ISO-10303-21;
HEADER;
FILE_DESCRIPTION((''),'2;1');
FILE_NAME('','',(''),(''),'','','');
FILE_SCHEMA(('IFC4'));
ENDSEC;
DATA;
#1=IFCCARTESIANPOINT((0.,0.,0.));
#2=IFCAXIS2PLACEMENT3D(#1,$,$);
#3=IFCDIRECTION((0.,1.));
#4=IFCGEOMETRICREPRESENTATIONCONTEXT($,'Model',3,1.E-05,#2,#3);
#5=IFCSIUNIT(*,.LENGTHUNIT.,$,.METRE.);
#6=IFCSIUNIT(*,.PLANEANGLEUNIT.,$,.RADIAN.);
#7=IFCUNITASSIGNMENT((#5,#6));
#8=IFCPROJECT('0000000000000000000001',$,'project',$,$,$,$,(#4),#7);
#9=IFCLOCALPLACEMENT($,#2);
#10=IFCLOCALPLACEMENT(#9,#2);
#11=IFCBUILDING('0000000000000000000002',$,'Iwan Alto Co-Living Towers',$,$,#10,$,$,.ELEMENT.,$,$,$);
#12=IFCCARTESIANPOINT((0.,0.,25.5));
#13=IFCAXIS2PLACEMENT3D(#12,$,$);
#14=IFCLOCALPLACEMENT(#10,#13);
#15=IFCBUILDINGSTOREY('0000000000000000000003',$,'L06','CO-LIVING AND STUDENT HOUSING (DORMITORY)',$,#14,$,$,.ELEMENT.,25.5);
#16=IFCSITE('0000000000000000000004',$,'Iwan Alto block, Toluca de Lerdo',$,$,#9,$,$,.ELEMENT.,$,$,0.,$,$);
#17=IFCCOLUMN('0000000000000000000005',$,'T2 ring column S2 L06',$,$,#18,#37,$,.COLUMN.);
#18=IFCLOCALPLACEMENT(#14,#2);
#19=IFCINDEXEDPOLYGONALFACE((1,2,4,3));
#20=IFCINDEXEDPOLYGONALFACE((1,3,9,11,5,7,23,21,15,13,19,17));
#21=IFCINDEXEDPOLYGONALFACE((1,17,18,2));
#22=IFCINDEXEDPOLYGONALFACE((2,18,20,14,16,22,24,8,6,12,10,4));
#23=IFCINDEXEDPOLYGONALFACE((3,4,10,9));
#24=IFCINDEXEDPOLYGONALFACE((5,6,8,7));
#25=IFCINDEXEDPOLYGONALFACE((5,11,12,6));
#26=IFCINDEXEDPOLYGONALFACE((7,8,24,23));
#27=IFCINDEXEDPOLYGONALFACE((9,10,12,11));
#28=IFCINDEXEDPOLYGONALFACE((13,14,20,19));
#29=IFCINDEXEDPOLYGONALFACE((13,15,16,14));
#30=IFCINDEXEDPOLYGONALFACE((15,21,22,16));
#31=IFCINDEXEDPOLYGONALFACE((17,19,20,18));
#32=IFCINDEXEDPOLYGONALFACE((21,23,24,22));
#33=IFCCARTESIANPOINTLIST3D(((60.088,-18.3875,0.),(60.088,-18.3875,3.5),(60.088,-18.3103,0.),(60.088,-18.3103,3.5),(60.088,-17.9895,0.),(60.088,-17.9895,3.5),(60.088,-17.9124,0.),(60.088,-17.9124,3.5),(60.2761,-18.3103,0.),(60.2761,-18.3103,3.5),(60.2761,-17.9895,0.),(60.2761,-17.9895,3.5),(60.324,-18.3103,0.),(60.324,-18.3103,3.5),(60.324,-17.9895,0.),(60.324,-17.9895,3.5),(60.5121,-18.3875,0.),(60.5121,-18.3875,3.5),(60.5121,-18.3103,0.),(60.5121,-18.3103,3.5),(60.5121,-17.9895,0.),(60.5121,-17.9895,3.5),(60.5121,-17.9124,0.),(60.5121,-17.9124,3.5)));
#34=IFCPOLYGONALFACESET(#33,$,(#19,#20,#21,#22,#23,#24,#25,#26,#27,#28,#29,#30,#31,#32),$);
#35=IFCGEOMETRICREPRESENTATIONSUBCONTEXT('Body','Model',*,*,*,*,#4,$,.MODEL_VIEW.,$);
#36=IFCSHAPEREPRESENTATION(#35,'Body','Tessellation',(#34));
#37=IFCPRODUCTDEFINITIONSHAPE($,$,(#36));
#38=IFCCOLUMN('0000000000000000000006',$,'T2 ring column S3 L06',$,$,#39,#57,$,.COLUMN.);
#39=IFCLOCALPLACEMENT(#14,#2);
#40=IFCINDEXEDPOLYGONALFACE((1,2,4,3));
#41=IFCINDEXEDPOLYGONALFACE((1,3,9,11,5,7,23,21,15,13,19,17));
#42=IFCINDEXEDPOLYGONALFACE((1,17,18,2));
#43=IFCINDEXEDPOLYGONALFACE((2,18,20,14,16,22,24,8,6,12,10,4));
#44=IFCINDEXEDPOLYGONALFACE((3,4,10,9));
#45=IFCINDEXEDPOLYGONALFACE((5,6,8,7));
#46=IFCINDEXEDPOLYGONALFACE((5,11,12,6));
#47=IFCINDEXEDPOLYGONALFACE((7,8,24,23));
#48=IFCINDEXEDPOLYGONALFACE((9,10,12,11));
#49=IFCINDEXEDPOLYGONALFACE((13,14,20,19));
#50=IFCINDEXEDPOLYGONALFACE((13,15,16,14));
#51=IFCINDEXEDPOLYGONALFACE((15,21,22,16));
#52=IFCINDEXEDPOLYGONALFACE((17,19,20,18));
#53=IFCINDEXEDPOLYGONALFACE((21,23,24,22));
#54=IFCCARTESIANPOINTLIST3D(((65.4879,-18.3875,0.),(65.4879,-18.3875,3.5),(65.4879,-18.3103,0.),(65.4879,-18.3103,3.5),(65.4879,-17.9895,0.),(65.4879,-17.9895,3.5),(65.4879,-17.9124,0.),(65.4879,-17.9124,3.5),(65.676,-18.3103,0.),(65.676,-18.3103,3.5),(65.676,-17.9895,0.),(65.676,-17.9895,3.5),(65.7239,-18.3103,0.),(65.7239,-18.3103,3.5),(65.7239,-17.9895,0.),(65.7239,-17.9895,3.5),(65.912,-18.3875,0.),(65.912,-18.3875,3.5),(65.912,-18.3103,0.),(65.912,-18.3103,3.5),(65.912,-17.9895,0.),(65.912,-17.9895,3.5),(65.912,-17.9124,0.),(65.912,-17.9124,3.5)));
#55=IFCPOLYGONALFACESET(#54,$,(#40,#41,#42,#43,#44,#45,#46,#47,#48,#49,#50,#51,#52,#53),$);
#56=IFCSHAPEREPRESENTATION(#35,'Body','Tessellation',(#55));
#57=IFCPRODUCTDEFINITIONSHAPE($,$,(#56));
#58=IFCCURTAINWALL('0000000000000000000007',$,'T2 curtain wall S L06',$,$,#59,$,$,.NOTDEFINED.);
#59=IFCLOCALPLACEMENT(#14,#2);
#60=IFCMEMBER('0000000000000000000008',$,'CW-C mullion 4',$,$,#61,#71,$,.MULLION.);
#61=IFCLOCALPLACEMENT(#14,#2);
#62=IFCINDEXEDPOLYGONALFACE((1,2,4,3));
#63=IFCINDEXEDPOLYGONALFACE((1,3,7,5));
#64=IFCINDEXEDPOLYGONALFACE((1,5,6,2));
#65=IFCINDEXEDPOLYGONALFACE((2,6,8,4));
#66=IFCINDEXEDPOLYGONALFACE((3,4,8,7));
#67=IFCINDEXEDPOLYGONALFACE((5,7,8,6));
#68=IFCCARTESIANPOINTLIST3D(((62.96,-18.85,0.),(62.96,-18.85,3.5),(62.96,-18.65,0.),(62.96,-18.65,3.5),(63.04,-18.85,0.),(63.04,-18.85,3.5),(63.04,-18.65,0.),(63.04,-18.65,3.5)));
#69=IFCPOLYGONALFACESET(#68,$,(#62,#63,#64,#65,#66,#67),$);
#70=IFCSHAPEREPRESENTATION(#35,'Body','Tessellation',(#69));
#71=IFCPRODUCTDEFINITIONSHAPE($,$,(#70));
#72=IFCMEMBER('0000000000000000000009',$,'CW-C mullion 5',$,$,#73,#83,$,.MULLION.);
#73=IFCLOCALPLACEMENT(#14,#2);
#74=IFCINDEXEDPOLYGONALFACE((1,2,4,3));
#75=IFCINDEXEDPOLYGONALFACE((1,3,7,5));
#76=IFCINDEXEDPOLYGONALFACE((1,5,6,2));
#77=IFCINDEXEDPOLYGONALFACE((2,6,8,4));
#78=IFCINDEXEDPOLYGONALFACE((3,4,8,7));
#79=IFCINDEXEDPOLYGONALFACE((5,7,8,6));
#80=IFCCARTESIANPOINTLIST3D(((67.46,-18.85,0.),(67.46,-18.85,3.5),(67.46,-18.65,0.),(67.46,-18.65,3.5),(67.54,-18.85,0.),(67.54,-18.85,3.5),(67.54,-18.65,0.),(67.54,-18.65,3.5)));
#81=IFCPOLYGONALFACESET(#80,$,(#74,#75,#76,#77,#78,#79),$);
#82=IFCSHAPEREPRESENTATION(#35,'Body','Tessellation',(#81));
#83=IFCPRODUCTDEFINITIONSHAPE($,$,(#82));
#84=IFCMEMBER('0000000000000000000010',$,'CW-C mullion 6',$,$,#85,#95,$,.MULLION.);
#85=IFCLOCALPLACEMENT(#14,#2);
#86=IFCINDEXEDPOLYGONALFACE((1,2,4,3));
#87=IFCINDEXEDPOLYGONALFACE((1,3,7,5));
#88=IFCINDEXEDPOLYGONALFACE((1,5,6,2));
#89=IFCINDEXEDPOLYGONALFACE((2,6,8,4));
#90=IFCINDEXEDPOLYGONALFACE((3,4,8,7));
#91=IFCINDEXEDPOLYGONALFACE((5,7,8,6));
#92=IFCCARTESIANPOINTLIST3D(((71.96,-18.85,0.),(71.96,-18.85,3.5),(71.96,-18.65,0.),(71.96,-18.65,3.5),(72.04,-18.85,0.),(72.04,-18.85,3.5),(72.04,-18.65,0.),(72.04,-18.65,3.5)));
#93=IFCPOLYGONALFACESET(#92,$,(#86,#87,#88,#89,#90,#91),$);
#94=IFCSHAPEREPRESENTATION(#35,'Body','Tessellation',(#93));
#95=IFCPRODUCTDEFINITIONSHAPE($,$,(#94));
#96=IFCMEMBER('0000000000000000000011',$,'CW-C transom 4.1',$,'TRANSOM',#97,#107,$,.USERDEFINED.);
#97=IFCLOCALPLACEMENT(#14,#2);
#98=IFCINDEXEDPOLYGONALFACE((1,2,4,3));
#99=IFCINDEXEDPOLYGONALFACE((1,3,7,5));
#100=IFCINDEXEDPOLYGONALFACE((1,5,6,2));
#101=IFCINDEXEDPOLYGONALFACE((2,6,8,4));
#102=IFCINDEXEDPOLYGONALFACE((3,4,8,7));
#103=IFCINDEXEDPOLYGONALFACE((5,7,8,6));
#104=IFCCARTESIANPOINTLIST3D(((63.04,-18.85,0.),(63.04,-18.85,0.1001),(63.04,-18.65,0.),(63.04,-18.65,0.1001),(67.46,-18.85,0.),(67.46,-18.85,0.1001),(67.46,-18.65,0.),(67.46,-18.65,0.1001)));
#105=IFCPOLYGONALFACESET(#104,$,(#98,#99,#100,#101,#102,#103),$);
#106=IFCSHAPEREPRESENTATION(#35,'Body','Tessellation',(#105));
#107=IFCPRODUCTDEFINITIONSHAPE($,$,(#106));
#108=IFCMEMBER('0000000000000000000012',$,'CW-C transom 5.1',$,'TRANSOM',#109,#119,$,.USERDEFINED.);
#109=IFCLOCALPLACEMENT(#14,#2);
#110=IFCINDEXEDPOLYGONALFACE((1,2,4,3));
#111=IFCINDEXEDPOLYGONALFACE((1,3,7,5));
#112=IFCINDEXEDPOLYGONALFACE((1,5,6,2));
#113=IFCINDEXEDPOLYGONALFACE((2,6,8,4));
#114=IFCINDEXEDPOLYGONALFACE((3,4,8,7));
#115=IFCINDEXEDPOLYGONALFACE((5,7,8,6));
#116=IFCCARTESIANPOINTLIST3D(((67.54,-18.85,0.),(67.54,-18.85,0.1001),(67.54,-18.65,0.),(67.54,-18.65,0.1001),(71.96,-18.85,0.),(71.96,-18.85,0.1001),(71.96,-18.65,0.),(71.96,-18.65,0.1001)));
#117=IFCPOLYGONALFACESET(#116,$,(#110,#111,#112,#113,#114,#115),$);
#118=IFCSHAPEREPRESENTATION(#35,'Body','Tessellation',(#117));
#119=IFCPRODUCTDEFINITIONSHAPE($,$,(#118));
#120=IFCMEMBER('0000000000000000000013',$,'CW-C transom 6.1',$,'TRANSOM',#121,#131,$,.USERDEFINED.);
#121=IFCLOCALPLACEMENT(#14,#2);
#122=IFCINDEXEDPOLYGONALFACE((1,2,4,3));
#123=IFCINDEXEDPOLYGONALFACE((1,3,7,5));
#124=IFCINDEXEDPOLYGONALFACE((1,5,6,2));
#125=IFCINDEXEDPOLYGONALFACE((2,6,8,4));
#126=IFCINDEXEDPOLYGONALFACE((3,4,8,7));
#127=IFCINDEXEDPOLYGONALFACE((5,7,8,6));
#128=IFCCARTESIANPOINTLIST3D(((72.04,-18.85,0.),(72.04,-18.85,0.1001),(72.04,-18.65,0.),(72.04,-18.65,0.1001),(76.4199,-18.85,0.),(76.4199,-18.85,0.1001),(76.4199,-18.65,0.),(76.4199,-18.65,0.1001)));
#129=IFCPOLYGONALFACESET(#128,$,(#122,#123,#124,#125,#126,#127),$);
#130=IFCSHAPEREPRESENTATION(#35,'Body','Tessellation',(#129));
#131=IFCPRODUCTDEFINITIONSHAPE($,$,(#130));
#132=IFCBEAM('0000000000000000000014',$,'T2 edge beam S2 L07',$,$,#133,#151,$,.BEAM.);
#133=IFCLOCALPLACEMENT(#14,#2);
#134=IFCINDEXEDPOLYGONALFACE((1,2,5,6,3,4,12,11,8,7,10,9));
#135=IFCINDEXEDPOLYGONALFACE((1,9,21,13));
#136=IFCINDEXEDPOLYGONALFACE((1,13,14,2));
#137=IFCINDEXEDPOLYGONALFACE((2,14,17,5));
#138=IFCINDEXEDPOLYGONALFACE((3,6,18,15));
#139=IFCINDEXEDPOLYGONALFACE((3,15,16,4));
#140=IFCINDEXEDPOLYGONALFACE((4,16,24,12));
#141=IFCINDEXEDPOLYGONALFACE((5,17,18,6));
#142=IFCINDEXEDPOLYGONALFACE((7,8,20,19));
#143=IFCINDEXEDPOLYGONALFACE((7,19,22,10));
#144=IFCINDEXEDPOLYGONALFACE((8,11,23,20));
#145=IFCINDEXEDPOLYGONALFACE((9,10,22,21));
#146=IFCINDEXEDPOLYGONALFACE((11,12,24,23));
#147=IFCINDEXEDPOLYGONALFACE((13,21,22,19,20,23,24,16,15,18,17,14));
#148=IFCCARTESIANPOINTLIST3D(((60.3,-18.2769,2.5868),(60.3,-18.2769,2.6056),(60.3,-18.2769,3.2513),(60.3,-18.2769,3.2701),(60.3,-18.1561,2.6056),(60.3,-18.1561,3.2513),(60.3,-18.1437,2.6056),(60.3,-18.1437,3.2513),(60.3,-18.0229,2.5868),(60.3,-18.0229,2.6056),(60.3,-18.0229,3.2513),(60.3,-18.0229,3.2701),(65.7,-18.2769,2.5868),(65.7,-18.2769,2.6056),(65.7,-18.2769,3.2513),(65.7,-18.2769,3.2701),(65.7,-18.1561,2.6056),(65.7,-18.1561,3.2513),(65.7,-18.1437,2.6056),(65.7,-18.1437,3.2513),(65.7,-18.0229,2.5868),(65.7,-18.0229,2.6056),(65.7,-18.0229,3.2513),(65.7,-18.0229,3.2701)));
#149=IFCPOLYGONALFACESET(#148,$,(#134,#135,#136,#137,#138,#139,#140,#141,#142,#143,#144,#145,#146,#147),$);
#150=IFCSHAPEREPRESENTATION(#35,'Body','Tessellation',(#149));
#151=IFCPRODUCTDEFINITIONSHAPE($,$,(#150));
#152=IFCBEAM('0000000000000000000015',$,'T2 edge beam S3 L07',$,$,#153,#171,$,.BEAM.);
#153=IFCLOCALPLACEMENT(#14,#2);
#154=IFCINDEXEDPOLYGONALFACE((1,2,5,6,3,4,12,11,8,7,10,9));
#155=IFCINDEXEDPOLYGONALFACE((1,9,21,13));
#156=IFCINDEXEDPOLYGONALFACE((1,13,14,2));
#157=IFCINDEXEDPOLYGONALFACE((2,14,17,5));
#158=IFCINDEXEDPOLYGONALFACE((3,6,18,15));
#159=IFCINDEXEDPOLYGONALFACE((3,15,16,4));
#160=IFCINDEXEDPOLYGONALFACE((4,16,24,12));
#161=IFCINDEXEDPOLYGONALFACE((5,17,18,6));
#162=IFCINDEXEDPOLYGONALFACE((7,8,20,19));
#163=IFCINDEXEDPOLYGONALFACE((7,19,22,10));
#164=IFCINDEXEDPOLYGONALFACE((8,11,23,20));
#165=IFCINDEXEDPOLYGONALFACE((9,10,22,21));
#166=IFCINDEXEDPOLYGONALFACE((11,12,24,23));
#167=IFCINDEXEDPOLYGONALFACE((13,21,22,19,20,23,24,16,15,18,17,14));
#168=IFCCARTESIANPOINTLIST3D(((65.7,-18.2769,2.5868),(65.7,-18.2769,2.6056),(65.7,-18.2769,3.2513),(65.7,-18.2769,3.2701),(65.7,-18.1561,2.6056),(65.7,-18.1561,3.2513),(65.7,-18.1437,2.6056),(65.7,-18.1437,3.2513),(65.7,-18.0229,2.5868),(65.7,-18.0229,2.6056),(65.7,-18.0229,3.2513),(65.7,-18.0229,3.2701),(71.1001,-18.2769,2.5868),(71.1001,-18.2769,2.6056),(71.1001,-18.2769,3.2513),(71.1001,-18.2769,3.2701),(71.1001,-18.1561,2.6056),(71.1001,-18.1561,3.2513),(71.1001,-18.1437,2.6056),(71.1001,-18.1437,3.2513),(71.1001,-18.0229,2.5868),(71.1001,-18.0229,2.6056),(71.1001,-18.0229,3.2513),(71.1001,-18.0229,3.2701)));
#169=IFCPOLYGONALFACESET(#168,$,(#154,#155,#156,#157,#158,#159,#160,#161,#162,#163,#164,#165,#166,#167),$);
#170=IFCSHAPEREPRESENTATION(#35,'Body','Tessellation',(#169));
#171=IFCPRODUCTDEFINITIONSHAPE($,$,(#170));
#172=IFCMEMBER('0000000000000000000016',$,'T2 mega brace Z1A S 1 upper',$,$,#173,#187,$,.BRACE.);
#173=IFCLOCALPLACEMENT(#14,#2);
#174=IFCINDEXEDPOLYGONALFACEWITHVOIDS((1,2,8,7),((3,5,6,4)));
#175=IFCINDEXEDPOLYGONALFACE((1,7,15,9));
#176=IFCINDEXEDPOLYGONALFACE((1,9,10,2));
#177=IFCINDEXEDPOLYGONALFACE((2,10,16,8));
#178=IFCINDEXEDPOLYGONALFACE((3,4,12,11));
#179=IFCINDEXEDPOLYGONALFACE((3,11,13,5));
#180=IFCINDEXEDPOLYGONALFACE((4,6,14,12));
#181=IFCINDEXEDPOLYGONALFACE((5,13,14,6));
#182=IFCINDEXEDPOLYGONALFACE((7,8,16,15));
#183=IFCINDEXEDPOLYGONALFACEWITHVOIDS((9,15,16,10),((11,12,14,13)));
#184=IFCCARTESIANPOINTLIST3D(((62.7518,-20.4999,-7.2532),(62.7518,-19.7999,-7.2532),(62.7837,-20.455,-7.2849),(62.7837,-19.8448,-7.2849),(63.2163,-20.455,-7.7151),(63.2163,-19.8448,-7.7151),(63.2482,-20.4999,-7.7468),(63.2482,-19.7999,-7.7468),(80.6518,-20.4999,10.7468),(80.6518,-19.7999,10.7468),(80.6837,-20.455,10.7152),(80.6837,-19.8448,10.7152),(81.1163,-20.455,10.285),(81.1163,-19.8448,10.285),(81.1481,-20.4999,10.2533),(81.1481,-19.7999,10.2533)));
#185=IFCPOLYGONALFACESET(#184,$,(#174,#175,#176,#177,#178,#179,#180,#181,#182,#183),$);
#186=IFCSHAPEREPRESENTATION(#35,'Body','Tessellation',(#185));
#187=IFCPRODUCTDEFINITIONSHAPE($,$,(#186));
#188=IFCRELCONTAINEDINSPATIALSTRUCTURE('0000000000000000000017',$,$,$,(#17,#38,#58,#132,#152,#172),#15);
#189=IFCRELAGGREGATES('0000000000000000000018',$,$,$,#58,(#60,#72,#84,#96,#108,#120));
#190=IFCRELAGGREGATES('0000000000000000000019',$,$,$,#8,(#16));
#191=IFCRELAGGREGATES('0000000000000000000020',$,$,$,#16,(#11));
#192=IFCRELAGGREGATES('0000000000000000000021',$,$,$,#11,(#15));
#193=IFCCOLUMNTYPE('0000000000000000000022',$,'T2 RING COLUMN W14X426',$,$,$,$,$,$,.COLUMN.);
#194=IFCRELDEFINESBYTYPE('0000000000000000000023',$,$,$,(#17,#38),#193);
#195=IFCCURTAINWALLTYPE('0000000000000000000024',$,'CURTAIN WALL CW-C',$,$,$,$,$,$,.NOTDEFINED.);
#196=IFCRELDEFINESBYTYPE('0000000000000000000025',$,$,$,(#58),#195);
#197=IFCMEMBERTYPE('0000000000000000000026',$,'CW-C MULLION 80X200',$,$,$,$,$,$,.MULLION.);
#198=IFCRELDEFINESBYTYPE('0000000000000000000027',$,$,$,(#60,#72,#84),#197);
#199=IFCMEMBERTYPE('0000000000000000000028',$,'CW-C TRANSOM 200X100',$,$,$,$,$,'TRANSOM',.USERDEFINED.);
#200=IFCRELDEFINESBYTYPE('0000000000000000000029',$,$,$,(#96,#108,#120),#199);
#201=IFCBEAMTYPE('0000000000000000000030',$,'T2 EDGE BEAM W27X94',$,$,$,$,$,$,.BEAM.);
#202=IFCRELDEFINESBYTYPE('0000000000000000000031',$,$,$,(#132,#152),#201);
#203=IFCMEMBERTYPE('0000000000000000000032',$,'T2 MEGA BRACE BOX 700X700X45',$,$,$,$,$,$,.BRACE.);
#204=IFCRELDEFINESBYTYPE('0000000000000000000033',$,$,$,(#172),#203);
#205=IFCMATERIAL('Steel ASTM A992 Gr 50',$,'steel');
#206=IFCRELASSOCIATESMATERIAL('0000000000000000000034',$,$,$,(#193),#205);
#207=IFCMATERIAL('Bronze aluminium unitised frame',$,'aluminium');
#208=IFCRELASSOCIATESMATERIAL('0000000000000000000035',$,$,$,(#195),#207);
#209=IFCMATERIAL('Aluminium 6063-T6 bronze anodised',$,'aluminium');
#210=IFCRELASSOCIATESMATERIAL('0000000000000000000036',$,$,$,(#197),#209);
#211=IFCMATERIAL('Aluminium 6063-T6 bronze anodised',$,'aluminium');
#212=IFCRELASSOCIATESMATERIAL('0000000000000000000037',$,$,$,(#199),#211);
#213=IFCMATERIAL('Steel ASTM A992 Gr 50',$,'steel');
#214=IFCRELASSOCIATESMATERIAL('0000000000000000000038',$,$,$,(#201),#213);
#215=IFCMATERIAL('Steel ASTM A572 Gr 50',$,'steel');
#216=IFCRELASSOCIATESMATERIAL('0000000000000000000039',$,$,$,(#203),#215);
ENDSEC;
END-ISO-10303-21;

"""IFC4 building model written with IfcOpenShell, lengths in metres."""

from ifc_helpers import new_model, si_unit, direction, frame, origin, origin_2d, place, context, subcontext, project, spatial, rectangle, hollow_rectangle, i_section, extrude, material, material_profile, profile_set, type_object, element, aggregate, save


model = new_model("IFC4")

# Units and contexts
model_context = context("Model", 3, precision=1e-05, world=origin(), true_north=direction((0.0, 1.0)))
body_context = subcontext(model_context, "Body", "Model", "MODEL_VIEW")
ifc_project = project(units=[si_unit("LENGTHUNIT", "METRE"), si_unit("PLANEANGLEUNIT", "RADIAN")], contexts=[model_context])

# Site, building, storey
site_placement = place(None, origin())
site = spatial("IfcSite", under=ifc_project, at=site_placement, Name="Iwan Alto block, Toluca de Lerdo", CompositionType="ELEMENT", RefElevation=0.0)
building_placement = place(site_placement, origin())
building = spatial("IfcBuilding", under=site, at=building_placement, Name="Iwan Alto Co-Living Towers", CompositionType="ELEMENT")
storey_placement = place(building_placement, frame((0.0, 0.0, 25.5)))
storey = spatial("IfcBuildingStorey", under=building, at=storey_placement, Name="L06", Description="CO-LIVING AND STUDENT HOUSING (DORMITORY)", CompositionType="ELEMENT", Elevation=25.5)

# Columns
ifc_material_1 = material(Name="Steel ASTM A992 Gr 50", Category="steel")
ifc_material_profile_1 = material_profile(ifc_material_1, i_section(OverallWidth=0.4241, OverallDepth=0.4751, WebThickness=0.0479, FlangeThickness=0.0771, at=origin_2d()), Name="W14X426")
ifc_profile_set_1 = profile_set([ifc_material_profile_1], Name="Steel ASTM A992 Gr 50")
column_type = type_object("IfcColumnType", Name="T2 RING COLUMN W14X426", PredefinedType="COLUMN", material=ifc_profile_set_1)
for number, where, z_axis, x_axis, name in (
    (1, (60.3, -18.1499, 0.0), (0.0, 0.0, 1.0), (1.0, 0.0, 0.0), "T2 ring column S2 L06"),
    (2, (65.7, -18.1499, 0.0), (0.0, 0.0, 1.0), (1.0, 0.0, 0.0), "T2 ring column S3 L06"),
):
    element("IfcColumn", number, at=place(storey_placement, frame(where, z_axis=z_axis, x_axis=x_axis)), inside=storey, type_object=column_type, Name=name, PredefinedType="COLUMN", context=body_context, shape_type="SweptSolid", body=[
        extrude(i_section(OverallWidth=0.4241, OverallDepth=0.4751, WebThickness=0.0479, FlangeThickness=0.0771, at=origin_2d()), origin(), (0.0, 0.0, 1.0), 3.5),
    ])

# Curtain wall, members
ifc_material_2 = material(Name="Bronze aluminium unitised frame", Category="aluminium")
curtain_wall_type = type_object("IfcCurtainWallType", Name="CURTAIN WALL CW-C", PredefinedType="NOTDEFINED", material=ifc_material_2)
curtain_wall_placement = place(storey_placement, origin())
curtain_wall = element("IfcCurtainWall", 3, at=curtain_wall_placement, inside=storey, type_object=curtain_wall_type, Name="T2 curtain wall S L06", PredefinedType="NOTDEFINED")
ifc_material_3 = material(Name="Aluminium 6063-T6 bronze anodised", Category="aluminium")
ifc_material_profile_2 = material_profile(ifc_material_3, rectangle(XDim=0.2, YDim=0.0801, at=origin_2d()), Name="AL 80X200")
ifc_profile_set_2 = profile_set([ifc_material_profile_2], Name="Aluminium 6063-T6 bronze anodised")
member_type_1 = type_object("IfcMemberType", Name="CW-C MULLION 80X200", PredefinedType="MULLION", material=ifc_profile_set_2)
member_1_placement = place(storey_placement, frame((63.0, -18.75, 0.0), z_axis=(0.0, 0.0, 1.0), x_axis=(0.0, 1.0, 0.0)))
member_1 = element("IfcMember", 4, at=member_1_placement, type_object=member_type_1, Name="CW-C mullion 4", PredefinedType="MULLION", context=body_context, shape_type="SweptSolid", body=[
    extrude(rectangle(XDim=0.2, YDim=0.0801, at=origin_2d()), origin(), (0.0, 0.0, 1.0), 3.5),
])
member_2_placement = place(storey_placement, frame((67.5, -18.75, 0.0), z_axis=(0.0, 0.0, 1.0), x_axis=(0.0, 1.0, 0.0)))
member_2 = element("IfcMember", 5, at=member_2_placement, type_object=member_type_1, Name="CW-C mullion 5", PredefinedType="MULLION", context=body_context, shape_type="SweptSolid", body=[
    extrude(rectangle(XDim=0.2, YDim=0.0801, at=origin_2d()), origin(), (0.0, 0.0, 1.0), 3.5),
])
member_3_placement = place(storey_placement, frame((72.0, -18.75, 0.0), z_axis=(0.0, 0.0, 1.0), x_axis=(0.0, 1.0, 0.0)))
member_3 = element("IfcMember", 6, at=member_3_placement, type_object=member_type_1, Name="CW-C mullion 6", PredefinedType="MULLION", context=body_context, shape_type="SweptSolid", body=[
    extrude(rectangle(XDim=0.2, YDim=0.0801, at=origin_2d()), origin(), (0.0, 0.0, 1.0), 3.5),
])
ifc_material_4 = material(Name="Aluminium 6063-T6 bronze anodised", Category="aluminium")
ifc_material_profile_3 = material_profile(ifc_material_4, rectangle(XDim=0.2, YDim=0.1001, at=origin_2d()), Name="AL 200X100")
ifc_profile_set_3 = profile_set([ifc_material_profile_3], Name="Aluminium 6063-T6 bronze anodised")
member_type_2 = type_object("IfcMemberType", Name="CW-C TRANSOM 200X100", ElementType="TRANSOM", PredefinedType="USERDEFINED", material=ifc_profile_set_3)
member_4_placement = place(storey_placement, frame((63.04, -18.75, 0.05), z_axis=(1.0, 0.0, 0.0), x_axis=(0.0, 1.0, 0.0)))
member_4 = element("IfcMember", 7, at=member_4_placement, type_object=member_type_2, Name="CW-C transom 4.1", ObjectType="TRANSOM", PredefinedType="USERDEFINED", context=body_context, shape_type="SweptSolid", body=[
    extrude(rectangle(XDim=0.2, YDim=0.1001, at=origin_2d()), origin(), (0.0, 0.0, 1.0), 4.4199),
])
member_5_placement = place(storey_placement, frame((67.54, -18.75, 0.05), z_axis=(1.0, 0.0, 0.0), x_axis=(0.0, 1.0, 0.0)))
member_5 = element("IfcMember", 8, at=member_5_placement, type_object=member_type_2, Name="CW-C transom 5.1", ObjectType="TRANSOM", PredefinedType="USERDEFINED", context=body_context, shape_type="SweptSolid", body=[
    extrude(rectangle(XDim=0.2, YDim=0.1001, at=origin_2d()), origin(), (0.0, 0.0, 1.0), 4.4199),
])
member_6_placement = place(storey_placement, frame((72.04, -18.75, 0.05), z_axis=(1.0, 0.0, 0.0), x_axis=(0.0, 1.0, 0.0)))
member_6 = element("IfcMember", 9, at=member_6_placement, type_object=member_type_2, Name="CW-C transom 6.1", ObjectType="TRANSOM", PredefinedType="USERDEFINED", context=body_context, shape_type="SweptSolid", body=[
    extrude(rectangle(XDim=0.2, YDim=0.1001, at=origin_2d()), origin(), (0.0, 0.0, 1.0), 4.3799),
])

# Beams
ifc_material_5 = material(Name="Steel ASTM A992 Gr 50", Category="steel")
ifc_material_profile_4 = material_profile(ifc_material_5, i_section(OverallWidth=0.2539, OverallDepth=0.6833, WebThickness=0.0125, FlangeThickness=0.0188, at=origin_2d()), Name="W27X94")
ifc_profile_set_4 = profile_set([ifc_material_profile_4], Name="Steel ASTM A992 Gr 50")
beam_type_1 = type_object("IfcBeamType", Name="T2 EDGE BEAM W27X94", PredefinedType="BEAM", material=ifc_profile_set_4)
beam_1_placement = place(storey_placement, frame((60.3, -18.1499, 2.9285), z_axis=(1.0, 0.0, 0.0), x_axis=(0.0, 1.0, 0.0)))
element("IfcBeam", 10, at=beam_1_placement, inside=storey, type_object=beam_type_1, Name="T2 edge beam S2 L07", PredefinedType="BEAM", context=body_context, shape_type="SweptSolid", body=[
    extrude(i_section(OverallWidth=0.2539, OverallDepth=0.6833, WebThickness=0.0125, FlangeThickness=0.0188, at=origin_2d()), origin(), (0.0, 0.0, 1.0), 5.3999),
])
beam_2_placement = place(storey_placement, frame((65.7, -18.1499, 2.9285), z_axis=(1.0, 0.0, 0.0), x_axis=(0.0, 1.0, 0.0)))
element("IfcBeam", 11, at=beam_2_placement, inside=storey, type_object=beam_type_1, Name="T2 edge beam S3 L07", PredefinedType="BEAM", context=body_context, shape_type="SweptSolid", body=[
    extrude(i_section(OverallWidth=0.2539, OverallDepth=0.6833, WebThickness=0.0125, FlangeThickness=0.0188, at=origin_2d()), origin(), (0.0, 0.0, 1.0), 5.4001),
])

# Member
ifc_material_6 = material(Name="Steel ASTM A572 Gr 50", Category="steel")
ifc_material_profile_5 = material_profile(ifc_material_6, hollow_rectangle(XDim=0.7, YDim=0.7, WallThickness=0.0449, at=origin_2d()), Name="BOX 700X700X45")
ifc_profile_set_5 = profile_set([ifc_material_profile_5], Name="Steel ASTM A572 Gr 50")
member_type_3 = type_object("IfcMemberType", Name="T2 MEGA BRACE BOX 700X700X45", PredefinedType="BRACE", material=ifc_profile_set_5)
for number, where, z_axis, x_axis, name in (
    (12, (63.0, -20.1499, -7.5), (0.705132, 0.0, 0.709076), (0.0, 1.0, 0.0), "T2 mega brace Z1A S 1 upper"),
):
    element("IfcMember", number, at=place(storey_placement, frame(where, z_axis=z_axis, x_axis=x_axis)), inside=storey, type_object=member_type_3, Name=name, PredefinedType="BRACE", context=body_context, shape_type="SweptSolid", body=[
        extrude(hollow_rectangle(XDim=0.7, YDim=0.7, WallThickness=0.0449, at=origin_2d()), origin(), (0.0, 0.0, 1.0), 25.3853),
    ])

aggregate(curtain_wall, [member_1, member_2, member_3, member_4, member_5, member_6])

save(model, "model.ifc")
